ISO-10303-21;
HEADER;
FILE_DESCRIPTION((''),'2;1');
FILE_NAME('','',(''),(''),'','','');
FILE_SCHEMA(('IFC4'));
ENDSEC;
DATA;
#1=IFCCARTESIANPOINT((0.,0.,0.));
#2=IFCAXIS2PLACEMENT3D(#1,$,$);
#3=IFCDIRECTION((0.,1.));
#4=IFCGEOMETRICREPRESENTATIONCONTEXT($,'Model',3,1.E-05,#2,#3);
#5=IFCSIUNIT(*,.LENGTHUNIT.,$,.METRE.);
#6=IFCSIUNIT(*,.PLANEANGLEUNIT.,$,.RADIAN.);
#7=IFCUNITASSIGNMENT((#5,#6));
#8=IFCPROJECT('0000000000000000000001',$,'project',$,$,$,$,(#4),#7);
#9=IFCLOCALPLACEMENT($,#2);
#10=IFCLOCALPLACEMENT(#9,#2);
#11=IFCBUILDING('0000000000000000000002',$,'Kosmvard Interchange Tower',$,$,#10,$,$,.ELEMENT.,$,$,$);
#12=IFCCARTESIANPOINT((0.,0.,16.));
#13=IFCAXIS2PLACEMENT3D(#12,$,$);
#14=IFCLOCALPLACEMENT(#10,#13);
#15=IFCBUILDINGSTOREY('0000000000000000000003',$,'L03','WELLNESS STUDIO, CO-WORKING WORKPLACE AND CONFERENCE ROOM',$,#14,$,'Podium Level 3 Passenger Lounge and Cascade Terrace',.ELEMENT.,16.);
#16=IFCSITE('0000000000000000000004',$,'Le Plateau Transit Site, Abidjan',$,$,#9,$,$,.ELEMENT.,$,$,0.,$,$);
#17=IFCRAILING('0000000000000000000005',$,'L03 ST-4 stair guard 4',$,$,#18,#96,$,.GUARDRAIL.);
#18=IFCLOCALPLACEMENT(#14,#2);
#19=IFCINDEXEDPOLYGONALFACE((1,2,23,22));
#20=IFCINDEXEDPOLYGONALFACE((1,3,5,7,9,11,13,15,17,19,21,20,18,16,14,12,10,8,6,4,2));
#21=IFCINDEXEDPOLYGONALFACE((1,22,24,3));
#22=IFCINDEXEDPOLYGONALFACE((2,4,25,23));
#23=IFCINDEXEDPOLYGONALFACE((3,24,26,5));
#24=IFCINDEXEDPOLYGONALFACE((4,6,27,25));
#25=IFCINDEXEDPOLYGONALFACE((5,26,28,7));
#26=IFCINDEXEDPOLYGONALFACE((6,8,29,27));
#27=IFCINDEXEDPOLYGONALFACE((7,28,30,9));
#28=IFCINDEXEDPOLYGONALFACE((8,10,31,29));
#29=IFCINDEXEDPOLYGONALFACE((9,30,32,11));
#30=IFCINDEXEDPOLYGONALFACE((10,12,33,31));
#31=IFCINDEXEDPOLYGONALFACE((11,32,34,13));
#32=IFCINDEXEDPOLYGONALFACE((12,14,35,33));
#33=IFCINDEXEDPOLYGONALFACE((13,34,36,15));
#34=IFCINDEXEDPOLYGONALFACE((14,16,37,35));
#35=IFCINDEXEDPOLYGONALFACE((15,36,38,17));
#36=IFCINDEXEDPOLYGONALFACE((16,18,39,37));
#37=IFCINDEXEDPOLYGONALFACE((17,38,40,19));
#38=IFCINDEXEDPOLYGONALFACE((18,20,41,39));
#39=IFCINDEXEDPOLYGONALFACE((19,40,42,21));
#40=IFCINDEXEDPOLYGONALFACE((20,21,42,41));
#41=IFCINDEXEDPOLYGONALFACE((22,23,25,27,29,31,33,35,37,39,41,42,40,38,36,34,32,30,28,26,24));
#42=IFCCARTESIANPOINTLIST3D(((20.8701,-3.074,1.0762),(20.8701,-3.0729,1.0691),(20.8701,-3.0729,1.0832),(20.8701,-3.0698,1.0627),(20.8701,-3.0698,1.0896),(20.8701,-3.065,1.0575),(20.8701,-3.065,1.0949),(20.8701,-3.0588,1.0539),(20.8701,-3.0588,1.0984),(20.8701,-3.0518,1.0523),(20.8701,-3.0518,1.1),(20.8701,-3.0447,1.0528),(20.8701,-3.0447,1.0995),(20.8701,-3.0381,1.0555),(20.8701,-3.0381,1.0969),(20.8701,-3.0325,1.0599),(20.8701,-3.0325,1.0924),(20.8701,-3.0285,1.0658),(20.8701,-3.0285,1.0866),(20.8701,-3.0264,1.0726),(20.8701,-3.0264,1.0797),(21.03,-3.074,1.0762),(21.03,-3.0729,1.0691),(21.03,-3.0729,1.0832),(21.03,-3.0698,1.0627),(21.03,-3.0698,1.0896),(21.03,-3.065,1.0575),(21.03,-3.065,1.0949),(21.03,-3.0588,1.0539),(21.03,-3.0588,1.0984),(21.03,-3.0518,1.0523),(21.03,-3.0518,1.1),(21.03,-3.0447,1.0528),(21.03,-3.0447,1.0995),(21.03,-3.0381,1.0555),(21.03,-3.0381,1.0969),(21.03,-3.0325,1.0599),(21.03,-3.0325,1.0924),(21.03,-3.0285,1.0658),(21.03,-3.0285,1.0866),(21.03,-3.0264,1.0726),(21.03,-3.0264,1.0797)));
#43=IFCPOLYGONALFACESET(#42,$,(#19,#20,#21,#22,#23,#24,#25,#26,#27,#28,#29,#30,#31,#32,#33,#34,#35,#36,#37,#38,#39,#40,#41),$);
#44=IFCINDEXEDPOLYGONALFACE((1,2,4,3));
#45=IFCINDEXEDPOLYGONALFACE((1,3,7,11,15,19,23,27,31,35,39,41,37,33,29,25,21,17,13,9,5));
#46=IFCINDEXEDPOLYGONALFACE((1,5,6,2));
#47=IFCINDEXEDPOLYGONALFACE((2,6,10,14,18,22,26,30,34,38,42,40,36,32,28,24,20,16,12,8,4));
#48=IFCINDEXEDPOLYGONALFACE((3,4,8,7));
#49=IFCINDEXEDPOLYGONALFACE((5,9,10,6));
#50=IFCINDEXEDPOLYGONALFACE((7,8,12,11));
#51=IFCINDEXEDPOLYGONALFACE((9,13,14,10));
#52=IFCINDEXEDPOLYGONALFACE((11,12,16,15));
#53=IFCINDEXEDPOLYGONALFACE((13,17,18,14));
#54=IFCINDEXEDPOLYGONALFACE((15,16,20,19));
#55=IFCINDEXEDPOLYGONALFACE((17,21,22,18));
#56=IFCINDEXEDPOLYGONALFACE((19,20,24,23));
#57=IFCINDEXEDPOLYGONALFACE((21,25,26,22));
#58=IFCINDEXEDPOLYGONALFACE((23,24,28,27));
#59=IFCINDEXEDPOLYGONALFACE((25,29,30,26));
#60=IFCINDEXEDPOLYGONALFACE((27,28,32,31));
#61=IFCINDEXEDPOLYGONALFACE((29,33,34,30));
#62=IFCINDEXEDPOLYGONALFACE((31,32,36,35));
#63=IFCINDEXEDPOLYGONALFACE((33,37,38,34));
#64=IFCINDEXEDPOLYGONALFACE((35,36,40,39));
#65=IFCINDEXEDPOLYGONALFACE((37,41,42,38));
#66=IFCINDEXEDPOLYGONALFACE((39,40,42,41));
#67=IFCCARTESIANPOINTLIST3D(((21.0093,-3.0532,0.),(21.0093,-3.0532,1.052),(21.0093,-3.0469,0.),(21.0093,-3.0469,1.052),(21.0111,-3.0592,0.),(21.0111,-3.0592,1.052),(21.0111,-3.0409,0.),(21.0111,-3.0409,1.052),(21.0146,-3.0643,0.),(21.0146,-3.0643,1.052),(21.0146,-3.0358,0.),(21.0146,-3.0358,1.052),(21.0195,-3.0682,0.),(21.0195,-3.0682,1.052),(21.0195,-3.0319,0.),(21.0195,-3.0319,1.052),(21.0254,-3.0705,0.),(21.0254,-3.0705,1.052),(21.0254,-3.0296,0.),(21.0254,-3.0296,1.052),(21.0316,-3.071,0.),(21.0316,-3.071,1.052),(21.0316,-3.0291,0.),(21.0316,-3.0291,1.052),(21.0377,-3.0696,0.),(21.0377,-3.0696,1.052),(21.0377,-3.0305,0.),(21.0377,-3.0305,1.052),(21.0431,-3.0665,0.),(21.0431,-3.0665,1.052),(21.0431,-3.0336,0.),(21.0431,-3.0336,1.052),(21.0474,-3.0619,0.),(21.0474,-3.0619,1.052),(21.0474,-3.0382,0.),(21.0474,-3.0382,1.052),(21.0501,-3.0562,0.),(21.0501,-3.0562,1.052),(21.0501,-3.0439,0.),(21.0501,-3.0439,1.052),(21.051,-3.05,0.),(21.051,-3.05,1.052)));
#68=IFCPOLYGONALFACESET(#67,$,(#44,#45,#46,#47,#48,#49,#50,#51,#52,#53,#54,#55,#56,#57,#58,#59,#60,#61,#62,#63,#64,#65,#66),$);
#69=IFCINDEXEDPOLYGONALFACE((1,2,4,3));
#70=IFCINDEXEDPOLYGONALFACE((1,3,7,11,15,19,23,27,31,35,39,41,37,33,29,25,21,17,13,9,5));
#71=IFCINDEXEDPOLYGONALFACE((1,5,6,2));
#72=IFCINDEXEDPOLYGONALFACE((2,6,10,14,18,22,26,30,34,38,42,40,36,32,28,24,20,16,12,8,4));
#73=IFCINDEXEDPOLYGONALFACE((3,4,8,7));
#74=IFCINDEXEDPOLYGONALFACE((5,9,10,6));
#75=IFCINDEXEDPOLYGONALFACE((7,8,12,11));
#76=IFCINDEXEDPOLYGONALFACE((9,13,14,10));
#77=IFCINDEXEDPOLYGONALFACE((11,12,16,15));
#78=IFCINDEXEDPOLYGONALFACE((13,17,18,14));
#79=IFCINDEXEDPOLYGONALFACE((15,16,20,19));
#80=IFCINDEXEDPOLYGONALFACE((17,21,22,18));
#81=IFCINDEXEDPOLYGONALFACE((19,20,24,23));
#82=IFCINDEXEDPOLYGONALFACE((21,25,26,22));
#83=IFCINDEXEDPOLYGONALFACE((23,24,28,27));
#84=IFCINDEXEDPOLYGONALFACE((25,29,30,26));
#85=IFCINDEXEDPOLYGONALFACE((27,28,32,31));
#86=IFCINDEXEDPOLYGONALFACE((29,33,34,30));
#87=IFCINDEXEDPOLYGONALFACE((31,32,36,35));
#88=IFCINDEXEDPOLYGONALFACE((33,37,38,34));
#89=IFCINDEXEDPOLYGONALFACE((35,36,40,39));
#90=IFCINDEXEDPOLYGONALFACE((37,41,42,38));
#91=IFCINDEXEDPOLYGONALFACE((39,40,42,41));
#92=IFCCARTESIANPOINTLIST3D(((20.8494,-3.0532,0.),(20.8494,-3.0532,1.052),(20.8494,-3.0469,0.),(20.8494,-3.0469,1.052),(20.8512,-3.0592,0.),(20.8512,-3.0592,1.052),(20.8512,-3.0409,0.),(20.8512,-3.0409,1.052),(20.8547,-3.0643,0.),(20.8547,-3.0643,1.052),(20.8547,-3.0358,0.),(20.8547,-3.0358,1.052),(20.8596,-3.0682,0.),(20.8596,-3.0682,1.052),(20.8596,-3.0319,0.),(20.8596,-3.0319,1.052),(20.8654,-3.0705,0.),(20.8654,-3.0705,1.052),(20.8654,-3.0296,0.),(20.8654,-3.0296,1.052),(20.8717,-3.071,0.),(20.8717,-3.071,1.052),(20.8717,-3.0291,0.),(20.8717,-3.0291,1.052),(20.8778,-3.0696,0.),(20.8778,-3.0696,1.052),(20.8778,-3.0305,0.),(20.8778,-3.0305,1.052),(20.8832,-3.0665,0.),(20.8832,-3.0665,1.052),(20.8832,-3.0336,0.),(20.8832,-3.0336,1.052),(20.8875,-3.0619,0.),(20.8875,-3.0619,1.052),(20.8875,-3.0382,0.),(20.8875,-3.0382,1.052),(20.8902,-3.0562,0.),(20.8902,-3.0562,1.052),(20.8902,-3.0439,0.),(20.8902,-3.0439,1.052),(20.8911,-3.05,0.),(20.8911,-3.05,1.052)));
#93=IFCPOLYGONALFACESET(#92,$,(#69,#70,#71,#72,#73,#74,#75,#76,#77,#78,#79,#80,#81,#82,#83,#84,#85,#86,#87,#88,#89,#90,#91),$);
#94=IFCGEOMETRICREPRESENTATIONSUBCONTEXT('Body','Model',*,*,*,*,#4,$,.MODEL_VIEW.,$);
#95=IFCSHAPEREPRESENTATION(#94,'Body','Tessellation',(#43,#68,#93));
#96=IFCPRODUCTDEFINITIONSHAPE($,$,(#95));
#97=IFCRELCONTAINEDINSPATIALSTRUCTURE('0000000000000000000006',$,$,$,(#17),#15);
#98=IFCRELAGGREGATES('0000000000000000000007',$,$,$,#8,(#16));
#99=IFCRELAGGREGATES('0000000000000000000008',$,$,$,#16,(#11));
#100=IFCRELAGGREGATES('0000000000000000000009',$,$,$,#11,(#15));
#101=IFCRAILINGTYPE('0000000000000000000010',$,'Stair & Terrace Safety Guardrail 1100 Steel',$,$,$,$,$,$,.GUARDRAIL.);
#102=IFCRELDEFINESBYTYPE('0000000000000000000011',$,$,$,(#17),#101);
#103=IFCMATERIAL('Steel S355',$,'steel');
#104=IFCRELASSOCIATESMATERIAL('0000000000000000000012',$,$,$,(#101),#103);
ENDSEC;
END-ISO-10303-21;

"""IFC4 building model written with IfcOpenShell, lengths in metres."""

from ifc_helpers import new_model, si_unit, direction, frame, origin, origin_2d, place, context, subcontext, project, spatial, circle, extrude, source, transform, mapped, material, type_object, element, save


model = new_model("IFC4")

# Units and contexts
model_context = context("Model", 3, precision=1e-05, world=origin(), true_north=direction((0.0, 1.0)))
body_context = subcontext(model_context, "Body", "Model", "MODEL_VIEW")
ifc_project = project(units=[si_unit("LENGTHUNIT", "METRE"), si_unit("PLANEANGLEUNIT", "RADIAN")], contexts=[model_context])

# Site, building, storey
site_placement = place(None, origin())
site = spatial("IfcSite", under=ifc_project, at=site_placement, Name="Le Plateau Transit Site, Abidjan", CompositionType="ELEMENT", RefElevation=0.0)
building_placement = place(site_placement, origin())
building = spatial("IfcBuilding", under=site, at=building_placement, Name="Kosmvard Interchange Tower", CompositionType="ELEMENT")
storey_placement = place(building_placement, frame((0.0, 0.0, 16.0)))
storey = spatial("IfcBuildingStorey", under=building, at=storey_placement, Name="L03", Description="WELLNESS STUDIO, CO-WORKING WORKPLACE AND CONFERENCE ROOM", LongName="Podium Level 3 Passenger Lounge and Cascade Terrace", CompositionType="ELEMENT", Elevation=16.0)

# Shared definitions
ifc_material_1 = material(Name="Steel S355", Category="steel")

# Railing
railing_type_1 = type_object("IfcRailingType", Name="Stair & Terrace Safety Guardrail 1100 Steel", PredefinedType="GUARDRAIL", material=ifc_material_1)
shared_shape_1 = source(origin(), body_context, "Body", "SweptSolid", [
    extrude(circle(Radius=0.0239, at=origin_2d()), frame((0.0, 0.0, 1.0762), z_axis=(-1.0, 0.0, 0.0), x_axis=(0.0, -1.0, 0.0)), (0.0, 0.0, 1.0), 0.1599),
    extrude(circle(Radius=0.021, at=origin_2d()), origin(), (0.0, 0.0, 1.0), 1.052),
    extrude(circle(Radius=0.021, at=origin_2d()), frame((-0.1599, 0.0, 0.0)), (0.0, 0.0, 1.0), 1.052),
])
railing_1_placement = place(storey_placement, frame((21.03, -3.05, 0.0)))
element("IfcRailing", 1, at=railing_1_placement, inside=storey, type_object=railing_type_1, Name="L03 ST-4 stair guard 4", PredefinedType="GUARDRAIL", context=body_context, shape_type="MappedRepresentation", body=[
    mapped(shared_shape_1, transform((0.0, 0.0, 0.0), scale=1.0)),
])

save(model, "model.ifc")
